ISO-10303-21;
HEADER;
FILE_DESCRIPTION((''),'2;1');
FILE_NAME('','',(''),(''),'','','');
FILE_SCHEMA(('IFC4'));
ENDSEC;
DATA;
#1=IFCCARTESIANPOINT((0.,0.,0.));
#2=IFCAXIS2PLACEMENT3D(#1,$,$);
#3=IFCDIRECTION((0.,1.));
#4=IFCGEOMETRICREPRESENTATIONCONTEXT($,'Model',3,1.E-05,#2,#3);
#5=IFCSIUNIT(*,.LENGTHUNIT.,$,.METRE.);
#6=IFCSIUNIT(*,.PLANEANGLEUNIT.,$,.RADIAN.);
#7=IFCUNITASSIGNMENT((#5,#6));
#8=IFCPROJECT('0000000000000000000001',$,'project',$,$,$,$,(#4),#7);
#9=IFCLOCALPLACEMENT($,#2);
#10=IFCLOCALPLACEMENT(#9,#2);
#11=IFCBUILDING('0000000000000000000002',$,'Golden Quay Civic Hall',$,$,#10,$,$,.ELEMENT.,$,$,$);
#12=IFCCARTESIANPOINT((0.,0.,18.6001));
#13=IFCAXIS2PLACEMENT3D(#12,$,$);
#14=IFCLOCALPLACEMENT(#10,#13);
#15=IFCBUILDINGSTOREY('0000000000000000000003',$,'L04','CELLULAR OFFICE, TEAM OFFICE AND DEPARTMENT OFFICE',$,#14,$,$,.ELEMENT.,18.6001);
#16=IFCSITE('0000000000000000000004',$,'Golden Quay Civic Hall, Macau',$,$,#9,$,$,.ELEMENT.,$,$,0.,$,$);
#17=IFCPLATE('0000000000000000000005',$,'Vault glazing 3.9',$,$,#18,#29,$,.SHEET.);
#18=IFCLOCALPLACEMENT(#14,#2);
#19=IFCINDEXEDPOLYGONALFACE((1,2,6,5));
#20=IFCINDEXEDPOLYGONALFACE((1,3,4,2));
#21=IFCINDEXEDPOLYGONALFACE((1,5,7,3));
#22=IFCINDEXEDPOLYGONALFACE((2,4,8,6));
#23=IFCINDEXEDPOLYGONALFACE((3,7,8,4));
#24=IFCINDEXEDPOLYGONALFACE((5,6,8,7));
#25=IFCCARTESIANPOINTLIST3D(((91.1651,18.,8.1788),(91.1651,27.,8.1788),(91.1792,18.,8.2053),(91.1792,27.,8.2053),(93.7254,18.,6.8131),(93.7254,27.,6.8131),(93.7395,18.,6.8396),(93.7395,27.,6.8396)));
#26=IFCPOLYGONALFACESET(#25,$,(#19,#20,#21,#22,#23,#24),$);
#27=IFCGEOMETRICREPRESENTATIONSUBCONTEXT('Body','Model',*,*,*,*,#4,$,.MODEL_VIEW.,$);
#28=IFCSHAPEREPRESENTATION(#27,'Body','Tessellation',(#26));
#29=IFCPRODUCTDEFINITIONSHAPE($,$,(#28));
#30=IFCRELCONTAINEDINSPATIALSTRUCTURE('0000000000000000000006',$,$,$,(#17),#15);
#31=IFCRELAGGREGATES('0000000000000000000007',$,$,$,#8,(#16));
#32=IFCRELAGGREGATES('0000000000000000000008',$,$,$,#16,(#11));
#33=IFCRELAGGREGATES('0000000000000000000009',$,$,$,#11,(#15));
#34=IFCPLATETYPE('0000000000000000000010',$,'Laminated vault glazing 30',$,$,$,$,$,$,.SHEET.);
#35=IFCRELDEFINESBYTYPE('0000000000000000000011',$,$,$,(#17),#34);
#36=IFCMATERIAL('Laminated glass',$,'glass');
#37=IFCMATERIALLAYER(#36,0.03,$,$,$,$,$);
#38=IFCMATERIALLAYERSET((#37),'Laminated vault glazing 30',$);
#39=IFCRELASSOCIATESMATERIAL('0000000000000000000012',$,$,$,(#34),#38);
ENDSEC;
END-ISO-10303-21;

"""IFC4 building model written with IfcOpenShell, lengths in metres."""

from ifc_helpers import new_model, si_unit, direction, frame, origin, place, context, subcontext, project, spatial, polyline, outline, extrude, material, layer, layer_set, type_object, element, save


model = new_model("IFC4")

# Units and contexts
model_context = context("Model", 3, precision=1e-05, world=origin(), true_north=direction((0.0, 1.0)))
body_context = subcontext(model_context, "Body", "Model", "MODEL_VIEW")
ifc_project = project(units=[si_unit("LENGTHUNIT", "METRE"), si_unit("PLANEANGLEUNIT", "RADIAN")], contexts=[model_context])

# Site, building, storey
site_placement = place(None, origin())
site = spatial("IfcSite", under=ifc_project, at=site_placement, Name="Golden Quay Civic Hall, Macau", CompositionType="ELEMENT", RefElevation=0.0)
building_placement = place(site_placement, origin())
building = spatial("IfcBuilding", under=site, at=building_placement, Name="Golden Quay Civic Hall", CompositionType="ELEMENT")
storey_placement = place(building_placement, frame((0.0, 0.0, 18.6001)))
storey = spatial("IfcBuildingStorey", under=building, at=storey_placement, Name="L04", Description="CELLULAR OFFICE, TEAM OFFICE AND DEPARTMENT OFFICE", CompositionType="ELEMENT", Elevation=18.6001)

# Plate
ifc_material_1 = material(Name="Laminated glass", Category="glass")
ifc_layer = layer(ifc_material_1, 0.03)
ifc_layer_set = layer_set([ifc_layer], Name="Laminated vault glazing 30")
plate_type = type_object("IfcPlateType", Name="Laminated vault glazing 30", PredefinedType="SHEET", material=ifc_layer_set)
plate_1_placement = place(storey_placement, frame((91.1792, 18.0, 8.2053), z_axis=(0.470649, 0.0, 0.88232), x_axis=(0.88232, 0.0, -0.470649)))
element("IfcPlate", 1, at=plate_1_placement, inside=storey, type_object=plate_type, Name="Vault glazing 3.9", PredefinedType="SHEET", context=body_context, shape_type="SweptSolid", body=[
    extrude(outline(polyline([(0.0, 0.0), (2.9018, 0.0), (2.9018, 9.0), (0.0, 9.0), (0.0, 0.0)])), origin(), (0.0, 0.0, -1.0), 0.03),
])

save(model, "model.ifc")
